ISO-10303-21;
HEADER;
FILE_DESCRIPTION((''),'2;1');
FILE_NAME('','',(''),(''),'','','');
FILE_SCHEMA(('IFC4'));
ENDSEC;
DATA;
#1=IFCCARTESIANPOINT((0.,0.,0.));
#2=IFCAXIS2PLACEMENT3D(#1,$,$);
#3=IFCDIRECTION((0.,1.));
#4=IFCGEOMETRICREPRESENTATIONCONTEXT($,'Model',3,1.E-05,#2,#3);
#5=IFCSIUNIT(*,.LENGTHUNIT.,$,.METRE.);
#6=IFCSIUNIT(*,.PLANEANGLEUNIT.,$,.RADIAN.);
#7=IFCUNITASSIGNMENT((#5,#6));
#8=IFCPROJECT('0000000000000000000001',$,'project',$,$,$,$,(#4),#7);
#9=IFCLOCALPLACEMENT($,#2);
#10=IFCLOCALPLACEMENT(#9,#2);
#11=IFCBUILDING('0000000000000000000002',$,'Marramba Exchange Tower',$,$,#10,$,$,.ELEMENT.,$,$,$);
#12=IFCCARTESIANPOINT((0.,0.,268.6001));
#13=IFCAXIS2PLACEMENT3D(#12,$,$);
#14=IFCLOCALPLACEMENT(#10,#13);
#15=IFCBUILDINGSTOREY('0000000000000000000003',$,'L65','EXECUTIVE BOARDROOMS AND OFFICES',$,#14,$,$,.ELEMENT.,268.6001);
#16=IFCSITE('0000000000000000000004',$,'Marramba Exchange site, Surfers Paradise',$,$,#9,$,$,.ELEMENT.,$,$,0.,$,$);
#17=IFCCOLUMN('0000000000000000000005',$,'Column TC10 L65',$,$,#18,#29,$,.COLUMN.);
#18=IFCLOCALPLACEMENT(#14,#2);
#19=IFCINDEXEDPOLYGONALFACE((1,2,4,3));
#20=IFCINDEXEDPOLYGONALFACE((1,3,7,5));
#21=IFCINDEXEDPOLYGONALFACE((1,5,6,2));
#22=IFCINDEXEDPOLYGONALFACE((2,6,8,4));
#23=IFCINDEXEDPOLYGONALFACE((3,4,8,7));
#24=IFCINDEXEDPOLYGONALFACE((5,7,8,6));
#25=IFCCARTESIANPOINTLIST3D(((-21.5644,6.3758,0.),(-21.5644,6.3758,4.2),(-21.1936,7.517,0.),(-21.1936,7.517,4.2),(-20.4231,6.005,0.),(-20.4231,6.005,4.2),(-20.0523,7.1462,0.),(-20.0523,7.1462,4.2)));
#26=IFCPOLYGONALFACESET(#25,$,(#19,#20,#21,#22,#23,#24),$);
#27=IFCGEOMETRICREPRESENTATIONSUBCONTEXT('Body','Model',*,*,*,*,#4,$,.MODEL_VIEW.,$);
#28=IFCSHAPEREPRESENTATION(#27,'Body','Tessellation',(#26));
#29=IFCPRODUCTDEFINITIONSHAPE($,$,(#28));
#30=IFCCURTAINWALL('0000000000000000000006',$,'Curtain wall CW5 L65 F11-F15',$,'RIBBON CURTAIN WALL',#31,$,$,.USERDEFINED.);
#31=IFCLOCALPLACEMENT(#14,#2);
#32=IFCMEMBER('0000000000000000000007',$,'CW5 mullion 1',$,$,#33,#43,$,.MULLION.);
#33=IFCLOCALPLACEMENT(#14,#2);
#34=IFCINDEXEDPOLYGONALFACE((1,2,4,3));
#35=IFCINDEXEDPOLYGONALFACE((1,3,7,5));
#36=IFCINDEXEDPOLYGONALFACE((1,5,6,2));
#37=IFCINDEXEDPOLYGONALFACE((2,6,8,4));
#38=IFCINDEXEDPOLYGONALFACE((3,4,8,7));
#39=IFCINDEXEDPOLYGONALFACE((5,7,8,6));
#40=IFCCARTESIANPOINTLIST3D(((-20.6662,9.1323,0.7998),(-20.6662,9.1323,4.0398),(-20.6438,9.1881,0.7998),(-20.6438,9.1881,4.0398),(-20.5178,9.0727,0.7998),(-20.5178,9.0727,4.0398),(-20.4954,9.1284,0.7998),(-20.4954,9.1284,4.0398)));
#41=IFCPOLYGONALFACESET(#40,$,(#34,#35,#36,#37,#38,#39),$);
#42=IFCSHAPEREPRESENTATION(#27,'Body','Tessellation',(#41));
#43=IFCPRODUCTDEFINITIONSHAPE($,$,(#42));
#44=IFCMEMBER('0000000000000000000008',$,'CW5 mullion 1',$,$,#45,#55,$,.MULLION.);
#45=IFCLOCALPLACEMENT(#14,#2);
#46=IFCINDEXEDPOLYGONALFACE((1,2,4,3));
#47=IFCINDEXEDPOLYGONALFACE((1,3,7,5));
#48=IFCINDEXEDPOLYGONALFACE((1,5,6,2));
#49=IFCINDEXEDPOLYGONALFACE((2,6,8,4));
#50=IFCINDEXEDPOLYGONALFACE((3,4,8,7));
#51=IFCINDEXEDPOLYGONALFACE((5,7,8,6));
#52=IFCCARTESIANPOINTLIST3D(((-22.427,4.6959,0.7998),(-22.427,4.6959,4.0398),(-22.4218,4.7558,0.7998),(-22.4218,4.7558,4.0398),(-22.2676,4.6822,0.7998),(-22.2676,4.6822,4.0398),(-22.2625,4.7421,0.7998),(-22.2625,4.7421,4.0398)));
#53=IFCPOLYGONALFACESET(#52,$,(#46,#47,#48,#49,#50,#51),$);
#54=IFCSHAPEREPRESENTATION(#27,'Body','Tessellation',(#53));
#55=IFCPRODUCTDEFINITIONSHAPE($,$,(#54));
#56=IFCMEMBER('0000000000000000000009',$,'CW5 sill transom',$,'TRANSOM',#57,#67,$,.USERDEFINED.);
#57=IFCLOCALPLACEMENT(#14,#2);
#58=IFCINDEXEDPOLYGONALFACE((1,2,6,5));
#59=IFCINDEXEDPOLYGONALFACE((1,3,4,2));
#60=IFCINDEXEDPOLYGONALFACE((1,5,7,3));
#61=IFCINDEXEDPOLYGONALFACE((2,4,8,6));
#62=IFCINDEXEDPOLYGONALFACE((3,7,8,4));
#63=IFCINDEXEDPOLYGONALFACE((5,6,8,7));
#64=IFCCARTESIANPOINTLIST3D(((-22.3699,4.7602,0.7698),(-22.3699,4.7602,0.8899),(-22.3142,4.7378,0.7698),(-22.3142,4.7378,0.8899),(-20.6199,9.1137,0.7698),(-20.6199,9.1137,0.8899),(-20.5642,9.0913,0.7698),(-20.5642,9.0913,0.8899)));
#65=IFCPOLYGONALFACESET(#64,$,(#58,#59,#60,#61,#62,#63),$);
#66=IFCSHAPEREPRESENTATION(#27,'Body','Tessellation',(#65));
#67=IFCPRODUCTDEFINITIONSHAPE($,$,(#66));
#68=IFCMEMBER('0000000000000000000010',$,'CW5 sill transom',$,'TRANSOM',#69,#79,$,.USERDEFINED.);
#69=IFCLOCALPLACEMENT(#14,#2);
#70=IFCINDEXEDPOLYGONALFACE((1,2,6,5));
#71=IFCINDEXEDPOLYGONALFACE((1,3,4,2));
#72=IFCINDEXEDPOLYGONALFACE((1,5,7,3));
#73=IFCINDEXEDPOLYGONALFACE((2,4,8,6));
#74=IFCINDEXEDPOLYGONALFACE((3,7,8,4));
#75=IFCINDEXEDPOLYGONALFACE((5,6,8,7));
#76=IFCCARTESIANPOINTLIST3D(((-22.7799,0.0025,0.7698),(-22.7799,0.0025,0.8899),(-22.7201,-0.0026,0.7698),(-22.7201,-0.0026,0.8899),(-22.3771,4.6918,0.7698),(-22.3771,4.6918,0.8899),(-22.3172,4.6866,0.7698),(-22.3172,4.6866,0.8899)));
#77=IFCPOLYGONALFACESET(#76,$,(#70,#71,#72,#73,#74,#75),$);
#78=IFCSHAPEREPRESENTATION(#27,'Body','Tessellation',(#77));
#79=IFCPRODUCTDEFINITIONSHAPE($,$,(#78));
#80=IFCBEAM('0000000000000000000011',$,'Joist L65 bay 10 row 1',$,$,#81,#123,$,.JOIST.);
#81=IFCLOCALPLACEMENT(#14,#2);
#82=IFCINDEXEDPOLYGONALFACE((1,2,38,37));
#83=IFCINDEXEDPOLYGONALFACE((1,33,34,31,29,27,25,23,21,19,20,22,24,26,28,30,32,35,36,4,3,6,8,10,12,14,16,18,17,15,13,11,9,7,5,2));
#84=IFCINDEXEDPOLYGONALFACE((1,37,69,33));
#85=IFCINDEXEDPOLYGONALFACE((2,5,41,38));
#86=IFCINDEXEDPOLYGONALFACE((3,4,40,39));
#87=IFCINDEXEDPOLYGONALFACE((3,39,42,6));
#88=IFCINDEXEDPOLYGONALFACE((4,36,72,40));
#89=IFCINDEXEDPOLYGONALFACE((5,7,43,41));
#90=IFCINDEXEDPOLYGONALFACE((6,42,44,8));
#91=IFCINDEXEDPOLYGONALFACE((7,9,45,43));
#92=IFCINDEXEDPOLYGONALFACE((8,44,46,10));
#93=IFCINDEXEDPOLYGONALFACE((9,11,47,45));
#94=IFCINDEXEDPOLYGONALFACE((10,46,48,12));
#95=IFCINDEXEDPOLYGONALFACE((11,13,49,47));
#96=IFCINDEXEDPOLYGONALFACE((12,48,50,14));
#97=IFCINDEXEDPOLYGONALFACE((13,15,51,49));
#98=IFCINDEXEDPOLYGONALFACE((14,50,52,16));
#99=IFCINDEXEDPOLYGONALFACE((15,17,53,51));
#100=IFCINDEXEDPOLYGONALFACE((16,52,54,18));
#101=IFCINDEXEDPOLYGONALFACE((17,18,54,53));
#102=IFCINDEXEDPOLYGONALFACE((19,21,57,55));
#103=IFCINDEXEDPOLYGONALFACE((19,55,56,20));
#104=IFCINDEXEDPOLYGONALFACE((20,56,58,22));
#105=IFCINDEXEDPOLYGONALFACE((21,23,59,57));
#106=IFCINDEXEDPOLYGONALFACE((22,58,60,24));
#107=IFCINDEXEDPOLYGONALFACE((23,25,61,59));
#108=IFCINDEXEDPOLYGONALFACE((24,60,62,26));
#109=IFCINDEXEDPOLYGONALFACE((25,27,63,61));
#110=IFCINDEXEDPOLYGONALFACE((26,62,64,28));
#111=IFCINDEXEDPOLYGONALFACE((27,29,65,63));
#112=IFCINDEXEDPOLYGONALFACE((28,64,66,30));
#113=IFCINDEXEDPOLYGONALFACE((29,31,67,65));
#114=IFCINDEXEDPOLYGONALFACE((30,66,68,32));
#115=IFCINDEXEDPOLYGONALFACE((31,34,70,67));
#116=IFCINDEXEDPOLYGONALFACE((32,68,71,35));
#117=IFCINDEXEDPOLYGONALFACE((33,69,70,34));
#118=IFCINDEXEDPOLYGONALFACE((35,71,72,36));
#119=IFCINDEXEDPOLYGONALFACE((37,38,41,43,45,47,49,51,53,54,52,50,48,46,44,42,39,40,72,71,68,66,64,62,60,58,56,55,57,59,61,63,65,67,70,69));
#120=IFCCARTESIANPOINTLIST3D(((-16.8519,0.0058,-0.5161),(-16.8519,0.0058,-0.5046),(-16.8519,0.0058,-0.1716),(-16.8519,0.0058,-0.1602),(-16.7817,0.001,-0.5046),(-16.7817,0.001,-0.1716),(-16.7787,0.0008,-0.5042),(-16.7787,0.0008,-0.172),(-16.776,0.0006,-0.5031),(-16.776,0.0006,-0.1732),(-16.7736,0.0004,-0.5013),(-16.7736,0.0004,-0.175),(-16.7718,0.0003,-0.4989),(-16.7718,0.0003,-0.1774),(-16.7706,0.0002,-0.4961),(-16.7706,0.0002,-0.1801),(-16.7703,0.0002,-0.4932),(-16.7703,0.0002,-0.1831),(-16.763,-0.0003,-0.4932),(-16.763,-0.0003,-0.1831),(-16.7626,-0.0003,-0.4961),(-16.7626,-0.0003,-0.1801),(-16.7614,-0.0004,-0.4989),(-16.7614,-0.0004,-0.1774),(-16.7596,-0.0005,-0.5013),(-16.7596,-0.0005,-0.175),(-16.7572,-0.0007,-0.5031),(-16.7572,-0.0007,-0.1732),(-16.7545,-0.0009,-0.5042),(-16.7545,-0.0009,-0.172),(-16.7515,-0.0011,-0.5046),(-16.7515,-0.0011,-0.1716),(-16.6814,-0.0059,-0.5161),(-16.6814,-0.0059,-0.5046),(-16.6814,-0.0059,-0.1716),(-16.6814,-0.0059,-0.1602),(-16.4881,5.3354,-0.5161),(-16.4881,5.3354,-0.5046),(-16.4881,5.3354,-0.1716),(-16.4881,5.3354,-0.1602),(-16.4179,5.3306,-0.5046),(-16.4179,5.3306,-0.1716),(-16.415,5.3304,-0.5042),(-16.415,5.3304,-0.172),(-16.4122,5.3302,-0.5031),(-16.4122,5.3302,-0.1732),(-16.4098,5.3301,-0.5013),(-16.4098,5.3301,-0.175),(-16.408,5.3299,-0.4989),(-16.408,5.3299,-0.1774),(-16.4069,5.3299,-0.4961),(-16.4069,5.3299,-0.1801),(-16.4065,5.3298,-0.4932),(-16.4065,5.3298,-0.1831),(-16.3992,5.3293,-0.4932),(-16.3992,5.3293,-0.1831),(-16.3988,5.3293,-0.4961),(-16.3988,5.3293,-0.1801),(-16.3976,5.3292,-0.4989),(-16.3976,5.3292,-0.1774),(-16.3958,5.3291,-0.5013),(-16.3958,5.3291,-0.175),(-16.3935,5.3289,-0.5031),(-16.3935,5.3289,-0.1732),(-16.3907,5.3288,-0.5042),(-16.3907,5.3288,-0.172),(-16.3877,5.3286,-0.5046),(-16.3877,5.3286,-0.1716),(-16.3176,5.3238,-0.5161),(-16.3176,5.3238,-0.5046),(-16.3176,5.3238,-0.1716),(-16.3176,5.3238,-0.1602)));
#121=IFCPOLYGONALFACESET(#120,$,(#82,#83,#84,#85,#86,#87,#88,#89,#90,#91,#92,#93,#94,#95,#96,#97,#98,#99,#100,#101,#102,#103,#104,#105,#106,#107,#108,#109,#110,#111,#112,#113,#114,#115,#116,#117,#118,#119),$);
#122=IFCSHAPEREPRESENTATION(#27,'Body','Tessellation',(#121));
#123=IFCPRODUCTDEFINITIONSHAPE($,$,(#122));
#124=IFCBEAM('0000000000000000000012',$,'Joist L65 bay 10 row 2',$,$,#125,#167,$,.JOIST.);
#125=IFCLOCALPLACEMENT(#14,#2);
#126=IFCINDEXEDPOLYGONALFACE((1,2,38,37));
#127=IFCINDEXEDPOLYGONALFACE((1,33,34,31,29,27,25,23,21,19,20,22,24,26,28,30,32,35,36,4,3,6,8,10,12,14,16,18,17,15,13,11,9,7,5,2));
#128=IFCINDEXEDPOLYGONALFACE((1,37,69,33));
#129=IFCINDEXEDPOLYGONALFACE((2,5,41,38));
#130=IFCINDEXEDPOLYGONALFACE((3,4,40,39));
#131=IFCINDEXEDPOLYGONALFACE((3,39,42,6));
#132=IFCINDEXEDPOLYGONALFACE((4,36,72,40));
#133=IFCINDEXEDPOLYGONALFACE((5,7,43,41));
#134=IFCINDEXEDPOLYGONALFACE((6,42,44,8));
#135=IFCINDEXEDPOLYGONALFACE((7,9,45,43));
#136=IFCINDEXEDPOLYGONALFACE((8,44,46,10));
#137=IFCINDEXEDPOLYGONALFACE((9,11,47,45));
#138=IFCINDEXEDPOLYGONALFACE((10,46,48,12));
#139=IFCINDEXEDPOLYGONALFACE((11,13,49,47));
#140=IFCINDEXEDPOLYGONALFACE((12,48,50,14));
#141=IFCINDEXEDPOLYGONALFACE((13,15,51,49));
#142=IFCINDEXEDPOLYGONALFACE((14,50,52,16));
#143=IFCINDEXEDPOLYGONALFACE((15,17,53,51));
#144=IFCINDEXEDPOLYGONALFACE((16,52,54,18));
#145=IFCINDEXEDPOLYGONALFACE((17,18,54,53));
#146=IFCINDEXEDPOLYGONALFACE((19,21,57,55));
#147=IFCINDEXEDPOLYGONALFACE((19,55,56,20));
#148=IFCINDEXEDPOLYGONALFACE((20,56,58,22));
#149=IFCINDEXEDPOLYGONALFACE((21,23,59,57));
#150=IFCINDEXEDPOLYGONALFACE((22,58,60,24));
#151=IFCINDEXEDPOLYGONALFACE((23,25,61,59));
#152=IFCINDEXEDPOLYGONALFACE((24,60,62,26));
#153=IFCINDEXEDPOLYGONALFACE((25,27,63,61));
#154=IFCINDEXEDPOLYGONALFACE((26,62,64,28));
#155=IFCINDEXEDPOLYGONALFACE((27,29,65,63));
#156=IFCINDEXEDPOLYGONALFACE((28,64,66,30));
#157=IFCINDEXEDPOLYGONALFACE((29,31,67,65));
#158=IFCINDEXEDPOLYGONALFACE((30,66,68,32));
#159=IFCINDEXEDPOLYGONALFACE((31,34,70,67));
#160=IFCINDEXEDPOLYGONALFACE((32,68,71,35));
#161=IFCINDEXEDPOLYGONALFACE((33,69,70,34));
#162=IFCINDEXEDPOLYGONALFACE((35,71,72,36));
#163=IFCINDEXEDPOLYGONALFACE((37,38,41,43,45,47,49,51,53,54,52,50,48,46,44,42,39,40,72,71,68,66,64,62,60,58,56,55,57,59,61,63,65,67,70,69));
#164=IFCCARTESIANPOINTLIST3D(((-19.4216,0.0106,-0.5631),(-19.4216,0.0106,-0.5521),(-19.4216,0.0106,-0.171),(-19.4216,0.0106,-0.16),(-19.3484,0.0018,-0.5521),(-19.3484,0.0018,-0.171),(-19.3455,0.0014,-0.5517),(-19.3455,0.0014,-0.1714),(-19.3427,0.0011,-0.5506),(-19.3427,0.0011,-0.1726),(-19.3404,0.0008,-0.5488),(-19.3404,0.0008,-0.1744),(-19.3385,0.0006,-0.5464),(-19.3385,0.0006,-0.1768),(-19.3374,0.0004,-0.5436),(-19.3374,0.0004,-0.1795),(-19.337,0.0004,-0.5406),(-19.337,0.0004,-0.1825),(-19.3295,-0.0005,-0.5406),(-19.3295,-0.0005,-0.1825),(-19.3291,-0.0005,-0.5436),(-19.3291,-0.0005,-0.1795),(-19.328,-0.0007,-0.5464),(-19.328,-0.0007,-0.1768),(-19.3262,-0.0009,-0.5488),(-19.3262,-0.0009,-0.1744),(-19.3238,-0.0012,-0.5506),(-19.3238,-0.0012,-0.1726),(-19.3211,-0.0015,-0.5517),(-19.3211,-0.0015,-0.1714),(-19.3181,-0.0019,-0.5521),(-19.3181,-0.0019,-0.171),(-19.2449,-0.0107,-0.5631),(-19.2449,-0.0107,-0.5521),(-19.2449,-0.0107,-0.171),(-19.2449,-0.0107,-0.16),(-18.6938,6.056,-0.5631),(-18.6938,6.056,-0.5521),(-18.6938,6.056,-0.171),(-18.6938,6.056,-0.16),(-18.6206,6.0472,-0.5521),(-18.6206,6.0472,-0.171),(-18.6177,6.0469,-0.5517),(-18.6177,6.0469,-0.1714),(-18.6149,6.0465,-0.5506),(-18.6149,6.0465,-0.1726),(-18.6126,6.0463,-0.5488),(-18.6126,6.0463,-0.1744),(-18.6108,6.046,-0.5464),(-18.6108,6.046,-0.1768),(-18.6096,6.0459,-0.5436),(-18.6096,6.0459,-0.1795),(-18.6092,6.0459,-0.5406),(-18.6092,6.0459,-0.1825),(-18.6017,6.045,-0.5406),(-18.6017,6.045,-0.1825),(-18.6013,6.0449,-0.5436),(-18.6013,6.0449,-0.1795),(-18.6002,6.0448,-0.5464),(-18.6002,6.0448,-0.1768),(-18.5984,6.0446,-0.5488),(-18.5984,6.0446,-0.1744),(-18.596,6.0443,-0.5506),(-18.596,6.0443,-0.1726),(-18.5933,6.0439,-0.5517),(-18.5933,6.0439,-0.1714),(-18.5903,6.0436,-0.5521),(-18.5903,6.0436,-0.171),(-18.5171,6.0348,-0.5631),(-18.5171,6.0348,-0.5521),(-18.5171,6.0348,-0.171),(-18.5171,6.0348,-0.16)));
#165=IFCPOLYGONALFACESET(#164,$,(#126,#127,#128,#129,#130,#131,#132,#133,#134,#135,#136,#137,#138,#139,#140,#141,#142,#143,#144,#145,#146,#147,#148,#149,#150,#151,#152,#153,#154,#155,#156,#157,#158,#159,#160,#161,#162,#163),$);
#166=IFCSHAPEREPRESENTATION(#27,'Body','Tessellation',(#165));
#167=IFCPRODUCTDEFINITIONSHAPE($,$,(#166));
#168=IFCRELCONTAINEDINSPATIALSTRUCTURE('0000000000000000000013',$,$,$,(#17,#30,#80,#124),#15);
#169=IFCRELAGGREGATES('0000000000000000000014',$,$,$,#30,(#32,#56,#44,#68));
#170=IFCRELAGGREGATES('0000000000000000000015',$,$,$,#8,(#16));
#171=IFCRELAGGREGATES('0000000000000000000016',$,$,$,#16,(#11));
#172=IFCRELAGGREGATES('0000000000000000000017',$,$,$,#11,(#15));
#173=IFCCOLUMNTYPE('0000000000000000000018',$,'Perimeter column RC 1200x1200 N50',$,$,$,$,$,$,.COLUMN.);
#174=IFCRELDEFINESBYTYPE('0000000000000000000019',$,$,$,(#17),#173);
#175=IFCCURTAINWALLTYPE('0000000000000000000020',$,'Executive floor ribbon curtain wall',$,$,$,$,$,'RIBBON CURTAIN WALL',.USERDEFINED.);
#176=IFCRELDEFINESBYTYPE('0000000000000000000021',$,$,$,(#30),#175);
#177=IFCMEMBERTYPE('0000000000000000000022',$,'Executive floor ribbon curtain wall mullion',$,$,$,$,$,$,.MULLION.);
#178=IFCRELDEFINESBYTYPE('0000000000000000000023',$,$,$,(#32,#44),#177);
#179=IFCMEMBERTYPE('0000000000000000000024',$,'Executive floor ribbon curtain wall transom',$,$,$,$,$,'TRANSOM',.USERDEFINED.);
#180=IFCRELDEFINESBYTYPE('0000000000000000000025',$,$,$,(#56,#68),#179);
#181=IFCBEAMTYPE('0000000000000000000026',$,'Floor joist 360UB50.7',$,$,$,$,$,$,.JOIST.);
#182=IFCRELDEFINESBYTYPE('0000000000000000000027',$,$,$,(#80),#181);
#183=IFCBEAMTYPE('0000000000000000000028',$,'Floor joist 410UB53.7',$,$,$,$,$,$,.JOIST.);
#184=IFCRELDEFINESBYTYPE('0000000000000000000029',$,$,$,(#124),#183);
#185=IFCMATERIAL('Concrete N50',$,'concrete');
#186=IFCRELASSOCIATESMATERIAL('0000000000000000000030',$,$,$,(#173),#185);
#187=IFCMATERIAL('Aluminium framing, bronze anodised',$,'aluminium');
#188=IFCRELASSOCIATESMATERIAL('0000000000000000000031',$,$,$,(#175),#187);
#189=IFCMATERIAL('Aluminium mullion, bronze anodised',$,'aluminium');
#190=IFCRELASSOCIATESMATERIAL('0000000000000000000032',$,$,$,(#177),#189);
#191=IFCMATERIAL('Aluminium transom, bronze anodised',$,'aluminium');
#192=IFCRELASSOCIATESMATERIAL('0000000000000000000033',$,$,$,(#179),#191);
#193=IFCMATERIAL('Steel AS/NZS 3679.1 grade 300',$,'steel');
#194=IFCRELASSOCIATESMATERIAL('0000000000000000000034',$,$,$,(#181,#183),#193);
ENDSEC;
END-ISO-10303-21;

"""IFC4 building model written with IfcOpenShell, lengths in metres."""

from ifc_helpers import new_model, si_unit, direction, frame, origin, origin_2d, place, context, subcontext, project, spatial, rectangle, i_section, extrude, material, material_profile, profile_set, type_object, element, aggregate, save


model = new_model("IFC4")

# Units and contexts
model_context = context("Model", 3, precision=1e-05, world=origin(), true_north=direction((0.0, 1.0)))
body_context = subcontext(model_context, "Body", "Model", "MODEL_VIEW")
ifc_project = project(units=[si_unit("LENGTHUNIT", "METRE"), si_unit("PLANEANGLEUNIT", "RADIAN")], contexts=[model_context])

# Site, building, storey
site_placement = place(None, origin())
site = spatial("IfcSite", under=ifc_project, at=site_placement, Name="Marramba Exchange site, Surfers Paradise", CompositionType="ELEMENT", RefElevation=0.0)
building_placement = place(site_placement, origin())
building = spatial("IfcBuilding", under=site, at=building_placement, Name="Marramba Exchange Tower", CompositionType="ELEMENT")
storey_placement = place(building_placement, frame((0.0, 0.0, 268.6001)))
storey = spatial("IfcBuildingStorey", under=building, at=storey_placement, Name="L65", Description="EXECUTIVE BOARDROOMS AND OFFICES", CompositionType="ELEMENT", Elevation=268.6001)

# Column
ifc_material_1 = material(Name="Concrete N50", Category="concrete")
ifc_material_profile_1 = material_profile(ifc_material_1, rectangle(XDim=1.2, YDim=1.2, at=origin_2d()), Name="RC 1200x1200")
ifc_profile_set_1 = profile_set([ifc_material_profile_1], Name="Concrete N50")
column_type = type_object("IfcColumnType", Name="Perimeter column RC 1200x1200 N50", PredefinedType="COLUMN", material=ifc_profile_set_1)
column_placement = place(storey_placement, frame((-20.8083, 6.761, 0.0), z_axis=(0.0, 0.0, 1.0), x_axis=(-0.951057, 0.309017, 0.0)))
element("IfcColumn", 1, at=column_placement, inside=storey, type_object=column_type, Name="Column TC10 L65", PredefinedType="COLUMN", context=body_context, shape_type="SweptSolid", body=[
    extrude(rectangle(XDim=1.2, YDim=1.2, at=origin_2d()), origin(), (0.0, 0.0, 1.0), 4.2),
])

# Curtain wall, members
ifc_material_2 = material(Name="Aluminium framing, bronze anodised", Category="aluminium")
curtain_wall_type = type_object("IfcCurtainWallType", Name="Executive floor ribbon curtain wall", ElementType="RIBBON CURTAIN WALL", PredefinedType="USERDEFINED", material=ifc_material_2)
curtain_wall_placement = place(storey_placement, origin())
curtain_wall = element("IfcCurtainWall", 2, at=curtain_wall_placement, inside=storey, type_object=curtain_wall_type, Name="Curtain wall CW5 L65 F11-F15", ObjectType="RIBBON CURTAIN WALL", PredefinedType="USERDEFINED")
ifc_material_3 = material(Name="Aluminium mullion, bronze anodised", Category="aluminium")
ifc_material_profile_2 = material_profile(ifc_material_3, rectangle(XDim=0.1599, YDim=0.0601, at=origin_2d()), Name="CW5 mullion 60x160")
ifc_profile_set_2 = profile_set([ifc_material_profile_2], Name="Aluminium mullion, bronze anodised")
member_type_1 = type_object("IfcMemberType", Name="Executive floor ribbon curtain wall mullion", PredefinedType="MULLION", material=ifc_profile_set_2)
member_1_placement = place(storey_placement, frame((-20.5808, 9.1304, 0.7998), z_axis=(0.0, 0.0, 1.0), x_axis=(0.927838, -0.372983, 0.0)))
member_1 = element("IfcMember", 3, at=member_1_placement, type_object=member_type_1, Name="CW5 mullion 1", PredefinedType="MULLION", context=body_context, shape_type="SweptSolid", body=[
    extrude(rectangle(XDim=0.1599, YDim=0.0601, at=origin_2d()), origin(), (0.0, 0.0, 1.0), 3.24),
])
member_2_placement = place(storey_placement, frame((-22.3447, 4.719, 0.7998), z_axis=(0.0, 0.0, 1.0), x_axis=(0.996332, -0.085574, 0.0)))
member_2 = element("IfcMember", 4, at=member_2_placement, type_object=member_type_1, Name="CW5 mullion 1", PredefinedType="MULLION", context=body_context, shape_type="SweptSolid", body=[
    extrude(rectangle(XDim=0.1599, YDim=0.0601, at=origin_2d()), origin(), (0.0, 0.0, 1.0), 3.24),
])
ifc_material_4 = material(Name="Aluminium transom, bronze anodised", Category="aluminium")
ifc_material_profile_3 = material_profile(ifc_material_4, rectangle(XDim=0.0601, YDim=0.1201, at=origin_2d()), Name="CW5 transom 60x120")
ifc_profile_set_3 = profile_set([ifc_material_profile_3], Name="Aluminium transom, bronze anodised")
member_type_2 = type_object("IfcMemberType", Name="Executive floor ribbon curtain wall transom", ElementType="TRANSOM", PredefinedType="USERDEFINED", material=ifc_profile_set_3)
member_3_placement = place(storey_placement, frame((-20.592, 9.1025, 0.8298), z_axis=(-0.372969, -0.927844, 0.0), x_axis=(0.927844, -0.372969, 0.0)))
member_3 = element("IfcMember", 5, at=member_3_placement, type_object=member_type_2, Name="CW5 sill transom", ObjectType="TRANSOM", PredefinedType="USERDEFINED", context=body_context, shape_type="SweptSolid", body=[
    extrude(rectangle(XDim=0.0601, YDim=0.1201, at=origin_2d()), origin(), (0.0, 0.0, 1.0), 4.6921),
])
member_4_placement = place(storey_placement, frame((-22.3472, 4.6892, 0.8298), z_axis=(-0.085591, -0.99633, 0.0), x_axis=(0.99633, -0.085591, 0.0)))
member_4 = element("IfcMember", 6, at=member_4_placement, type_object=member_type_2, Name="CW5 sill transom", ObjectType="TRANSOM", PredefinedType="USERDEFINED", context=body_context, shape_type="SweptSolid", body=[
    extrude(rectangle(XDim=0.0601, YDim=0.1201, at=origin_2d()), origin(), (0.0, 0.0, 1.0), 4.7065),
])

# Beams
ifc_material_5 = material(Name="Steel AS/NZS 3679.1 grade 300", Category="steel")
ifc_material_profile_4 = material_profile(ifc_material_5, i_section(OverallWidth=0.1709, OverallDepth=0.356, WebThickness=0.0073, FlangeThickness=0.0115, FilletRadius=0.0115, at=origin_2d()), Name="360UB50.7")
ifc_profile_set_4 = profile_set([ifc_material_profile_4], Name="Steel AS/NZS 3679.1 grade 300")
beam_type_1 = type_object("IfcBeamType", Name="Floor joist 360UB50.7", PredefinedType="JOIST", material=ifc_profile_set_4)
beam_1_placement = place(storey_placement, frame((-16.4028, 5.3296, -0.3381), z_axis=(-0.068096, -0.997679, 0.0), x_axis=(0.997679, -0.068096, 0.0)))
element("IfcBeam", 7, at=beam_1_placement, inside=storey, type_object=beam_type_1, Name="Joist L65 bay 10 row 1", PredefinedType="JOIST", context=body_context, shape_type="SweptSolid", body=[
    extrude(i_section(OverallWidth=0.1709, OverallDepth=0.356, WebThickness=0.0073, FlangeThickness=0.0115, FilletRadius=0.0115, at=origin_2d()), origin(), (0.0, 0.0, 1.0), 5.342),
])
ifc_material_profile_5 = material_profile(ifc_material_5, i_section(OverallWidth=0.178, OverallDepth=0.4031, WebThickness=0.0076, FlangeThickness=0.011, FilletRadius=0.0115, at=origin_2d()), Name="410UB53.7")
ifc_profile_set_5 = profile_set([ifc_material_profile_5], Name="Steel AS/NZS 3679.1 grade 300")
beam_type_2 = type_object("IfcBeamType", Name="Floor joist 410UB53.7", PredefinedType="JOIST", material=ifc_profile_set_5)
beam_2_placement = place(storey_placement, frame((-18.6055, 6.0454, -0.3616), z_axis=(-0.119523, -0.992831, 0.0), x_axis=(0.992831, -0.119523, 0.0)))
element("IfcBeam", 8, at=beam_2_placement, inside=storey, type_object=beam_type_2, Name="Joist L65 bay 10 row 2", PredefinedType="JOIST", context=body_context, shape_type="SweptSolid", body=[
    extrude(i_section(OverallWidth=0.178, OverallDepth=0.4031, WebThickness=0.0076, FlangeThickness=0.011, FilletRadius=0.0115, at=origin_2d()), origin(), (0.0, 0.0, 1.0), 6.0891),
])

aggregate(curtain_wall, [member_1, member_3, member_2, member_4])

save(model, "model.ifc")
